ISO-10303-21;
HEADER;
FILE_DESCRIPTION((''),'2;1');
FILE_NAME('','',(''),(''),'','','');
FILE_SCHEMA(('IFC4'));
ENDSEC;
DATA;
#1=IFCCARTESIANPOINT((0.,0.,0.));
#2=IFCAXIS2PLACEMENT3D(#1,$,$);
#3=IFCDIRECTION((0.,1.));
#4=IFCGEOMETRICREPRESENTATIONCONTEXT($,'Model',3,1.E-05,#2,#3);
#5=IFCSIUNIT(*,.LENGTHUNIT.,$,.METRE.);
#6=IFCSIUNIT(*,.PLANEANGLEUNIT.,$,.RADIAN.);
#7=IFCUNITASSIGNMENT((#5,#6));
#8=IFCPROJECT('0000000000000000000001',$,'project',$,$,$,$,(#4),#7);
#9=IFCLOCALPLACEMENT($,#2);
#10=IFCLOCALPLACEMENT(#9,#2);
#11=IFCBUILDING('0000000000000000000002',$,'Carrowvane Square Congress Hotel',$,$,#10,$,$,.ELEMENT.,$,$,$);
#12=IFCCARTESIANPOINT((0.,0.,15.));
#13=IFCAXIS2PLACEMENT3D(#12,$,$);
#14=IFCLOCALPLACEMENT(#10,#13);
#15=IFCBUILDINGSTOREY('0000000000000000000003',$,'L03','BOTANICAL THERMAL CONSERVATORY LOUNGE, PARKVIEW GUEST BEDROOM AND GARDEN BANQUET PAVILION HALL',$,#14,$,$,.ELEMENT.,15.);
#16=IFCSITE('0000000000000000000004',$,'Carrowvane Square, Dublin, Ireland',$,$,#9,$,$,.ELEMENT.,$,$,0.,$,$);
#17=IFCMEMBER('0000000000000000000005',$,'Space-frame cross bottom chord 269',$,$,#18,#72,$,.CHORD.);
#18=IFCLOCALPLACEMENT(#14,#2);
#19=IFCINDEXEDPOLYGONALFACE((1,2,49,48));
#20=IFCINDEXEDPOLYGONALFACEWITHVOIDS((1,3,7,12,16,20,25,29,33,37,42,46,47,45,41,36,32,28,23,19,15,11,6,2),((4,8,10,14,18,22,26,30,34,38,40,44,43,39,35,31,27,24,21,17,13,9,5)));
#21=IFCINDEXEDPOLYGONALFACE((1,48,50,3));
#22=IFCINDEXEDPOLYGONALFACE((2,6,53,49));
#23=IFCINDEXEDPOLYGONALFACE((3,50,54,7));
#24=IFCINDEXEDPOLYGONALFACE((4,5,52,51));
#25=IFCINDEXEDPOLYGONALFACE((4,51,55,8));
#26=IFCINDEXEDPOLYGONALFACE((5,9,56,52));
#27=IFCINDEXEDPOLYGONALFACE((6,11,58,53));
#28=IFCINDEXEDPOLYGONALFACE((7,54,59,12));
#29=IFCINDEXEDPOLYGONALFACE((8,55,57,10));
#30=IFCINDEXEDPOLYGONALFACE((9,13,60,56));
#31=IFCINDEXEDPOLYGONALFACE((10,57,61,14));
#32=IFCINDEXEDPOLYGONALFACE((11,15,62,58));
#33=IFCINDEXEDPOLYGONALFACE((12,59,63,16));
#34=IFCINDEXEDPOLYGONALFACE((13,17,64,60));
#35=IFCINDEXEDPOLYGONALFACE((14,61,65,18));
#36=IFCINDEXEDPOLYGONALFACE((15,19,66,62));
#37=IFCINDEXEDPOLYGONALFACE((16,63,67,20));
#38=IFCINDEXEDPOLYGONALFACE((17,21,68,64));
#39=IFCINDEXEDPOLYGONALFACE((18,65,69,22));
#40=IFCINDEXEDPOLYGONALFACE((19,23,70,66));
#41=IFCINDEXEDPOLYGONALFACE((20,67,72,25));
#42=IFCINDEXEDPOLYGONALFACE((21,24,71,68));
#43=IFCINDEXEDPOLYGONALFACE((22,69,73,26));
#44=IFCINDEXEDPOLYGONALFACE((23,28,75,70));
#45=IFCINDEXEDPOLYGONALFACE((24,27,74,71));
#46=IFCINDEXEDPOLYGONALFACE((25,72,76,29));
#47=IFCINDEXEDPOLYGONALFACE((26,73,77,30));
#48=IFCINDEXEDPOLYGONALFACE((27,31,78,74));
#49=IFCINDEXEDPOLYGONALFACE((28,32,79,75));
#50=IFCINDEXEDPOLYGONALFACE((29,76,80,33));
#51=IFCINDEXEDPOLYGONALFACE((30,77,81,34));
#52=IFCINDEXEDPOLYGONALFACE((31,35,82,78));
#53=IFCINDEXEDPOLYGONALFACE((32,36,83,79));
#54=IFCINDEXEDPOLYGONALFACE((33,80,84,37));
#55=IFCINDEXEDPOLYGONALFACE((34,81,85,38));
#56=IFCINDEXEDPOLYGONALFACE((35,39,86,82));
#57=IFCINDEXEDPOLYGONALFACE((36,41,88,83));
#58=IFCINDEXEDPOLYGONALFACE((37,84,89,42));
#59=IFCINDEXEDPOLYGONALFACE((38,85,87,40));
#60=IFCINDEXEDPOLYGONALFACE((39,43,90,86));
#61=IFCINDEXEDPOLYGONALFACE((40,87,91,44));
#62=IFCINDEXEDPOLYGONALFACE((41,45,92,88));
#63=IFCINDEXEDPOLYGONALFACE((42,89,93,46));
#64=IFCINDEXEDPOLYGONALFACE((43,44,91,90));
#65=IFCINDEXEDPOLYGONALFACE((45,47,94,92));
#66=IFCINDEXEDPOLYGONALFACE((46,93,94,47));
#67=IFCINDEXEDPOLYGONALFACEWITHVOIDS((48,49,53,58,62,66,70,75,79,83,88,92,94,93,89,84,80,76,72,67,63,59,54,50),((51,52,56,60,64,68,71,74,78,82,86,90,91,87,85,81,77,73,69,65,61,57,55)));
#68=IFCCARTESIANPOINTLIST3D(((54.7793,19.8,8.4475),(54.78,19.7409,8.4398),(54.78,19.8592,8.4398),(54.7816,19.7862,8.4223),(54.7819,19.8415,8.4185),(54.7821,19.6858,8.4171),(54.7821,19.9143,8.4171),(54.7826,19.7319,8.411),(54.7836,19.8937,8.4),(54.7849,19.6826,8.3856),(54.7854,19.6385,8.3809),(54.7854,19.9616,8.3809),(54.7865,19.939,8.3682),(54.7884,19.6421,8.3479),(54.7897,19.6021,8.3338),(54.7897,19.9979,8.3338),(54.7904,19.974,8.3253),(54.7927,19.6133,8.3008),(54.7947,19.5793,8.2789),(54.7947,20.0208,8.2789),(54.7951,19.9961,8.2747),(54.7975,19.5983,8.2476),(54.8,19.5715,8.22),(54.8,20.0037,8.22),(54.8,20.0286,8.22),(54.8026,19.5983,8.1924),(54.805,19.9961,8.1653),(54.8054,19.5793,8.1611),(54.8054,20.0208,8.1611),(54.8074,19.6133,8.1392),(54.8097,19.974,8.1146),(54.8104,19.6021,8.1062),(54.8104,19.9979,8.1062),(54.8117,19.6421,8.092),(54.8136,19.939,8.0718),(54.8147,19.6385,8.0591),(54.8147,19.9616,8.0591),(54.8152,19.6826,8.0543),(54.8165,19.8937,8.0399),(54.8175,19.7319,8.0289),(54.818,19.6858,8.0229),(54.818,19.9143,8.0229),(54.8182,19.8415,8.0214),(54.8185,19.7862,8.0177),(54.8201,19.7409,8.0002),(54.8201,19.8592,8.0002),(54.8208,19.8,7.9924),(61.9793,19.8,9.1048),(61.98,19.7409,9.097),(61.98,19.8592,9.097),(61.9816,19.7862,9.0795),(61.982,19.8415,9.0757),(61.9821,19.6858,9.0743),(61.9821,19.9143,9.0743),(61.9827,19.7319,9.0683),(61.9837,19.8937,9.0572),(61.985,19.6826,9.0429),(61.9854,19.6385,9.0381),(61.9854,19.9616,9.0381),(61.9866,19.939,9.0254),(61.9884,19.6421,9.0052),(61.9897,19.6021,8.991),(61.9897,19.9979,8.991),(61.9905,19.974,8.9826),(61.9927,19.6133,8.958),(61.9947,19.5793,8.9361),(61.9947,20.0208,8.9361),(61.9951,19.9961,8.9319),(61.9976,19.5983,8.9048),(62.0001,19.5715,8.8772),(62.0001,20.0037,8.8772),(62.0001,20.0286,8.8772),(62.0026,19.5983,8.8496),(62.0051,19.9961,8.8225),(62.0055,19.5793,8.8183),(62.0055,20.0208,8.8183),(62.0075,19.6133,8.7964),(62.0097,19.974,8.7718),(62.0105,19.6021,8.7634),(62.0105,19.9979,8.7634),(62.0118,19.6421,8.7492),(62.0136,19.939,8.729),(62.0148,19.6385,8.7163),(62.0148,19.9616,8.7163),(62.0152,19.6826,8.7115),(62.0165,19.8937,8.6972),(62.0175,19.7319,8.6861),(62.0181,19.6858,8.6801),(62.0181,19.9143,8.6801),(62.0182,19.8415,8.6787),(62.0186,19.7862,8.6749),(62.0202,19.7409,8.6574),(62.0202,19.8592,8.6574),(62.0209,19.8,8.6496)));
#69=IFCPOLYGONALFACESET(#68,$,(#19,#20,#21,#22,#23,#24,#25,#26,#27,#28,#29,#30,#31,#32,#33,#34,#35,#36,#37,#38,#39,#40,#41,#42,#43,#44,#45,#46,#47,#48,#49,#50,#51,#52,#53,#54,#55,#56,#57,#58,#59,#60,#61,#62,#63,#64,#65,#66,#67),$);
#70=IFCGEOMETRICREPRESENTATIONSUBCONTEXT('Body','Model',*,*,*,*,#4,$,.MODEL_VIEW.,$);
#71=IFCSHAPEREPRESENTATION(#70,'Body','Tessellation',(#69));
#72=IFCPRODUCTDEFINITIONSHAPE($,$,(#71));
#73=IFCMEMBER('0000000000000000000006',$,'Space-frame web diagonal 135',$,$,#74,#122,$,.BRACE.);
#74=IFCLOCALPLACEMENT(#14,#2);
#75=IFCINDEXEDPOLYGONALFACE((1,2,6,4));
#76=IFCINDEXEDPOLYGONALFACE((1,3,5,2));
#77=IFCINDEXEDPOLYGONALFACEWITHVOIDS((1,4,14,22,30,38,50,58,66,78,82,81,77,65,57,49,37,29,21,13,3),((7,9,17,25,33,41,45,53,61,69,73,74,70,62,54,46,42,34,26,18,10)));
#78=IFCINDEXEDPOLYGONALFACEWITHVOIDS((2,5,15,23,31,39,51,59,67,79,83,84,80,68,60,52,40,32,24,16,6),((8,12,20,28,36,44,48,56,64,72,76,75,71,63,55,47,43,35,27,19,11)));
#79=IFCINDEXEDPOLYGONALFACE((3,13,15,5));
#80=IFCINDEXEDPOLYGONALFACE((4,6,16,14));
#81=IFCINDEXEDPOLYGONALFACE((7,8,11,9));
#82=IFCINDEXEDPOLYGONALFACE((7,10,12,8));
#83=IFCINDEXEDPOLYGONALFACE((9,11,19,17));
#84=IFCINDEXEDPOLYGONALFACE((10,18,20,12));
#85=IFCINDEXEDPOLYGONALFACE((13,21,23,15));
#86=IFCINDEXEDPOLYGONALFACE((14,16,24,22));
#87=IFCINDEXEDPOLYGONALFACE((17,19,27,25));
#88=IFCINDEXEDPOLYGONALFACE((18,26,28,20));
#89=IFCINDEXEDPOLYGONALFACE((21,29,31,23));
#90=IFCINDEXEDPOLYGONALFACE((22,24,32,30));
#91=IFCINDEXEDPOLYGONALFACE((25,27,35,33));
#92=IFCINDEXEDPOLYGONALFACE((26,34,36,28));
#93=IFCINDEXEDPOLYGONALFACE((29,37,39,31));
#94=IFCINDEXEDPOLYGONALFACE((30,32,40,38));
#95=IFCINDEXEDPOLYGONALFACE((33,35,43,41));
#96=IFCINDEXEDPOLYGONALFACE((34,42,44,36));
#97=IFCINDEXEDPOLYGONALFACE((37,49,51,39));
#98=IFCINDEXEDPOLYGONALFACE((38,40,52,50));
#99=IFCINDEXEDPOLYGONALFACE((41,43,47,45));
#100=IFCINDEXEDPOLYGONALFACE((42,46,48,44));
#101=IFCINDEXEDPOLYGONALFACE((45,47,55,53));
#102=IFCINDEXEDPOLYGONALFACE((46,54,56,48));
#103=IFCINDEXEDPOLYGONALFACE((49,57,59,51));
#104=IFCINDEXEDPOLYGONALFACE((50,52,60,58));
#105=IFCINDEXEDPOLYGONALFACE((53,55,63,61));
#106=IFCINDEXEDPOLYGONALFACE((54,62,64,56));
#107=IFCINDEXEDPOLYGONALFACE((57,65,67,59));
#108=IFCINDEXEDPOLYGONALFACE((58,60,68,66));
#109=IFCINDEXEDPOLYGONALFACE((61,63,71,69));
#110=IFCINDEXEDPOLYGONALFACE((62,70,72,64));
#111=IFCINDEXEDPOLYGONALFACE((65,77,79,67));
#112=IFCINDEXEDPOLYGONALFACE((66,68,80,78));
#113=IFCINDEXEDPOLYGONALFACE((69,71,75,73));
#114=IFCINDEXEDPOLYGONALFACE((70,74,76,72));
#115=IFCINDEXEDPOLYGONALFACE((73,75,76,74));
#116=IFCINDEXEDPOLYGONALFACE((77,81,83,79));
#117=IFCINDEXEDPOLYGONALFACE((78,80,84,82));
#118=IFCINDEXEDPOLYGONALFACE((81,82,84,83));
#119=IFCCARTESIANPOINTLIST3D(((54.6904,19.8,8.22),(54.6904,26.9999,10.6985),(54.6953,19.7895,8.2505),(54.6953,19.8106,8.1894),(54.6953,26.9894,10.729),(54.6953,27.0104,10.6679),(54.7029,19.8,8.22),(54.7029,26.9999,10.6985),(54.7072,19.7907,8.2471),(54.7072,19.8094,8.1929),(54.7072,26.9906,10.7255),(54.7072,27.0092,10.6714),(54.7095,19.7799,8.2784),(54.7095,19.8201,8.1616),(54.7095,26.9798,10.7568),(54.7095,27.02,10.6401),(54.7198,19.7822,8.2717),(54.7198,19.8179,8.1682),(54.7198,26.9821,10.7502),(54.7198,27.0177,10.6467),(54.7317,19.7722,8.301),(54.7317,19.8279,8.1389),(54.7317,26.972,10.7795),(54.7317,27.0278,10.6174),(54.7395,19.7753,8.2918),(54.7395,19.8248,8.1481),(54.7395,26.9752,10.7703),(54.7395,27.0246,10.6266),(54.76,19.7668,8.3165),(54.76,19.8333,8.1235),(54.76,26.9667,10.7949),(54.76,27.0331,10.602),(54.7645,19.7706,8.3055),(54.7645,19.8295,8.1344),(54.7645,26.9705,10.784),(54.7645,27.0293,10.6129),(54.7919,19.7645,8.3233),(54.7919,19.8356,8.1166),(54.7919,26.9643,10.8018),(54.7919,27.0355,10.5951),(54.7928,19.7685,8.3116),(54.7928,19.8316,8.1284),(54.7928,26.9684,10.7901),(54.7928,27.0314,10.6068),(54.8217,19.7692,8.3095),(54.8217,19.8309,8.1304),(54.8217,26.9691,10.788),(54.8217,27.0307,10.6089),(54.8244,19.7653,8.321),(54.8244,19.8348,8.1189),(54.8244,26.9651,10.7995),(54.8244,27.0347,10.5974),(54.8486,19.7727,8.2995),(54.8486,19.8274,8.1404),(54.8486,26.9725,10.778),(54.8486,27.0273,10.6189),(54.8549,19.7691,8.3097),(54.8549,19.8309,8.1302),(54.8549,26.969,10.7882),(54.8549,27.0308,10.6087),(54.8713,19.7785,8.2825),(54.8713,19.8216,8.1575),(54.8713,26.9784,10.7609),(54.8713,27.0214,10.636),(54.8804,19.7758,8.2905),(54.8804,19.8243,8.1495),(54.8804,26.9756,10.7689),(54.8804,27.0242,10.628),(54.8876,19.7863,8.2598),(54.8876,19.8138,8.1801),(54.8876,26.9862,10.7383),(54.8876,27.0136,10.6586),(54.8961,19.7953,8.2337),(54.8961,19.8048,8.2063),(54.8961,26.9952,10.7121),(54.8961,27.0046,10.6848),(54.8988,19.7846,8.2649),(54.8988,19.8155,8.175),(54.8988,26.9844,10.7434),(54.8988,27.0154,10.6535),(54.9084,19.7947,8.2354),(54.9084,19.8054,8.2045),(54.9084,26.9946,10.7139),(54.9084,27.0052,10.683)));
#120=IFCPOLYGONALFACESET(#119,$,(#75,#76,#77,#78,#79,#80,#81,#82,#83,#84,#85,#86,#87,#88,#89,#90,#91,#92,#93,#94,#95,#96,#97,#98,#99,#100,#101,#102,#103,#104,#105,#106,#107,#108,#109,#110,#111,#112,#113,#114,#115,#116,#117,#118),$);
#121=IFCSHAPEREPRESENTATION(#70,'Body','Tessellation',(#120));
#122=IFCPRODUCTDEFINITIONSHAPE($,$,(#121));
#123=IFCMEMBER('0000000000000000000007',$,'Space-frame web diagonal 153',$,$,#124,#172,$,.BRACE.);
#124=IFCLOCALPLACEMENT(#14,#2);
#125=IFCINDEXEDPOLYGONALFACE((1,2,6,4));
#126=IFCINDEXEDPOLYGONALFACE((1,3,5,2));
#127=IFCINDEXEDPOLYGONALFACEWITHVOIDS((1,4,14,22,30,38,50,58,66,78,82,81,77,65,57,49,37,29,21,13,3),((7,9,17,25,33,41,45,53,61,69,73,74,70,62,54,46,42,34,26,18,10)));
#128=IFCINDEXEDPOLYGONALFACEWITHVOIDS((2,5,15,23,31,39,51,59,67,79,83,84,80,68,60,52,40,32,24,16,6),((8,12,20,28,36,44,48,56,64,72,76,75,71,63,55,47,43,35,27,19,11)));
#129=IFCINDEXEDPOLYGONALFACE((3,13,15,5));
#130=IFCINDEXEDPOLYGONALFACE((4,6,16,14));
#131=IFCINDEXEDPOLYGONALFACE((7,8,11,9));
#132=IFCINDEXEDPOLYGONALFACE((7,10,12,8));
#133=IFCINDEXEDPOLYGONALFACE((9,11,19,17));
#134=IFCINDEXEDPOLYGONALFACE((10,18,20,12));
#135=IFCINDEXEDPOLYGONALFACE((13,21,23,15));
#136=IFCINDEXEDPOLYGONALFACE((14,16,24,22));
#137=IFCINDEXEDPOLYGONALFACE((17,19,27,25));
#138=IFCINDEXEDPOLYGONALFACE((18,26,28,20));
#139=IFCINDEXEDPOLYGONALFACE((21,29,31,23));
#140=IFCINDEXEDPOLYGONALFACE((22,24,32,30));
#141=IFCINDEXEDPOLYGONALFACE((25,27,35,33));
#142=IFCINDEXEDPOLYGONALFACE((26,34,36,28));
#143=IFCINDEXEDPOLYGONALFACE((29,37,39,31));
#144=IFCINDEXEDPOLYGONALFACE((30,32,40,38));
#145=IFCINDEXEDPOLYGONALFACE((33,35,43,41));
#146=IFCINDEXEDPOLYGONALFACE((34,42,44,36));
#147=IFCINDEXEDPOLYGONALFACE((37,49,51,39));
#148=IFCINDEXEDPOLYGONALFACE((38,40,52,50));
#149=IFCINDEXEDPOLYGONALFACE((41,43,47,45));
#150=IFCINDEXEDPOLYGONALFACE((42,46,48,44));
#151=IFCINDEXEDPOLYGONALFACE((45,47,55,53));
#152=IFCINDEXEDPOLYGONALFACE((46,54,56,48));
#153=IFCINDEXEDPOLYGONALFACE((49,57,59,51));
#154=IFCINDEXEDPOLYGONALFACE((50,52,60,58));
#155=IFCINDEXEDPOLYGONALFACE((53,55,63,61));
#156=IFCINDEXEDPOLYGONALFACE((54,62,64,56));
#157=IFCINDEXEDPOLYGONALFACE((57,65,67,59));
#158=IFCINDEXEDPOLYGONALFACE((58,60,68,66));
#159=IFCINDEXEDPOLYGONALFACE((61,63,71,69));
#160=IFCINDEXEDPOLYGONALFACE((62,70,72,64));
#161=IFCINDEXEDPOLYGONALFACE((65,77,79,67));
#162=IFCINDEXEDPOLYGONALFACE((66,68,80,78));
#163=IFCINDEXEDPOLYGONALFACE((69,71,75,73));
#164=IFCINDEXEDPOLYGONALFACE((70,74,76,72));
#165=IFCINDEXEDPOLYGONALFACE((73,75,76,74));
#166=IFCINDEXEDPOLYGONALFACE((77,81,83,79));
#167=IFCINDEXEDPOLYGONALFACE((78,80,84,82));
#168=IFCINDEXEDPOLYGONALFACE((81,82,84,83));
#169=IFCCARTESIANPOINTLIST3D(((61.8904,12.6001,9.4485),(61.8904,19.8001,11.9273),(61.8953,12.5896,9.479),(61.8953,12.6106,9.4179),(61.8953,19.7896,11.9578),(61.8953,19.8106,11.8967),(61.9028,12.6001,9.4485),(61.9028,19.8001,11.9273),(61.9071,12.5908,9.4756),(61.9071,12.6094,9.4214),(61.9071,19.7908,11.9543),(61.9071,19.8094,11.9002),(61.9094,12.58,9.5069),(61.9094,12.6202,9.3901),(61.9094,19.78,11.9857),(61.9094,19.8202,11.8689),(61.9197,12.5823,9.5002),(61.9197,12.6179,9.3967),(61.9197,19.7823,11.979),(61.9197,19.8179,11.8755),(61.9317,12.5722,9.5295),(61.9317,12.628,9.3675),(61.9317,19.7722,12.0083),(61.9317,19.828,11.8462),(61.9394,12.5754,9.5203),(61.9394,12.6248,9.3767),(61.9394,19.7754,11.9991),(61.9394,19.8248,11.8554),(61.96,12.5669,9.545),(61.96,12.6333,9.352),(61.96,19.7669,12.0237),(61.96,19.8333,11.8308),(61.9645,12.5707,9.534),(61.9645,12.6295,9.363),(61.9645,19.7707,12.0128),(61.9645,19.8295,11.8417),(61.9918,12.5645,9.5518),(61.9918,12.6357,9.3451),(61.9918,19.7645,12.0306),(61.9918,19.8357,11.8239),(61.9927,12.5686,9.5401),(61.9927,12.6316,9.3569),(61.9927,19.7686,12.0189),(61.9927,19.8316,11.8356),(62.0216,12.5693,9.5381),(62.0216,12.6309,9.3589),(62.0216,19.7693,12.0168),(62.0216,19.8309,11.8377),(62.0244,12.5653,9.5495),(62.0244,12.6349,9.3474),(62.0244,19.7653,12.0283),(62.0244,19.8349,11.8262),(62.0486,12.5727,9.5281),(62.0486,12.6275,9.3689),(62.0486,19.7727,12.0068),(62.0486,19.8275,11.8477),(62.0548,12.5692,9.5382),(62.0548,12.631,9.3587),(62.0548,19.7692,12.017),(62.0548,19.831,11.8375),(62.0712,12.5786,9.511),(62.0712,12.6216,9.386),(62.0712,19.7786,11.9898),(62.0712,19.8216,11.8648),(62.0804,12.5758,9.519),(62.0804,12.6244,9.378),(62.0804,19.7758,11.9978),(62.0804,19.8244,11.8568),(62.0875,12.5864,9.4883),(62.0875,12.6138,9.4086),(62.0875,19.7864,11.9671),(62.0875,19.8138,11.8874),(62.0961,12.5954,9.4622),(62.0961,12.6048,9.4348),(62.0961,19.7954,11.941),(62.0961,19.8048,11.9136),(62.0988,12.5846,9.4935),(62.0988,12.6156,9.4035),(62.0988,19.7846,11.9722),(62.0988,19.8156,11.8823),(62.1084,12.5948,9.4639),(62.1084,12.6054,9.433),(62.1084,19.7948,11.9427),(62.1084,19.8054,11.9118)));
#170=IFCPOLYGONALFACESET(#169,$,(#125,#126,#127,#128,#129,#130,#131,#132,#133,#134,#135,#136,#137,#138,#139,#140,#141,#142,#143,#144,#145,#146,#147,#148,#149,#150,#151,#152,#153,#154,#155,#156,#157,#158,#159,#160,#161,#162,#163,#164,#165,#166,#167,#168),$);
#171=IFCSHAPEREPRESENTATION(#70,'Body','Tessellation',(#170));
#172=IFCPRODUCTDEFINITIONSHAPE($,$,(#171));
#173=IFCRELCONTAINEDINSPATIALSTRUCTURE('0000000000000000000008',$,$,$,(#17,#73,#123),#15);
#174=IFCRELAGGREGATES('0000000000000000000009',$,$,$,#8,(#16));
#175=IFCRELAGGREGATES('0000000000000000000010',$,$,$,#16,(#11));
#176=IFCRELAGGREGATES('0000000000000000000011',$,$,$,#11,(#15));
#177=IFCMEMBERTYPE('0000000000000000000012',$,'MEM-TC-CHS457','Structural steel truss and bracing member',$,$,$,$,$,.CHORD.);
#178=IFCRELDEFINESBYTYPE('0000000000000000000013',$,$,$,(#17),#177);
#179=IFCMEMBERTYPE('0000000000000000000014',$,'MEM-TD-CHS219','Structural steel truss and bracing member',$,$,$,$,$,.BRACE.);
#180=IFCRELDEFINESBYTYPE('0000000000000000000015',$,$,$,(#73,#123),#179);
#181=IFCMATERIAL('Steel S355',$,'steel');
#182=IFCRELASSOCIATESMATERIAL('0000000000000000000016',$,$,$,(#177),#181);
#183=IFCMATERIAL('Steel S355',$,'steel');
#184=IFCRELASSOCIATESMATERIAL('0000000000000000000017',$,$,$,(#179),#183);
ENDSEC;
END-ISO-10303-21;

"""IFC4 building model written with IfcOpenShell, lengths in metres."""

from ifc_helpers import new_model, si_unit, direction, frame, origin, origin_2d, place, context, subcontext, project, spatial, hollow_circle, extrude, material, material_profile, profile_set, type_object, element, save


model = new_model("IFC4")

# Units and contexts
model_context = context("Model", 3, precision=1e-05, world=origin(), true_north=direction((0.0, 1.0)))
body_context = subcontext(model_context, "Body", "Model", "MODEL_VIEW")
ifc_project = project(units=[si_unit("LENGTHUNIT", "METRE"), si_unit("PLANEANGLEUNIT", "RADIAN")], contexts=[model_context])

# Site, building, storey
site_placement = place(None, origin())
site = spatial("IfcSite", under=ifc_project, at=site_placement, Name="Carrowvane Square, Dublin, Ireland", CompositionType="ELEMENT", RefElevation=0.0)
building_placement = place(site_placement, origin())
building = spatial("IfcBuilding", under=site, at=building_placement, Name="Carrowvane Square Congress Hotel", CompositionType="ELEMENT")
storey_placement = place(building_placement, frame((0.0, 0.0, 15.0)))
storey = spatial("IfcBuildingStorey", under=building, at=storey_placement, Name="L03", Description="BOTANICAL THERMAL CONSERVATORY LOUNGE, PARKVIEW GUEST BEDROOM AND GARDEN BANQUET PAVILION HALL", CompositionType="ELEMENT", Elevation=15.0)

# Members
ifc_material_1 = material(Name="Steel S355", Category="steel")
ifc_material_profile_1 = material_profile(ifc_material_1, hollow_circle(Radius=0.2285, WallThickness=0.0249, at=origin_2d()), Name="CHS 457.0x25")
ifc_profile_set_1 = profile_set([ifc_material_profile_1], Name="Steel S355")
member_type_1 = type_object("IfcMemberType", Name="MEM-TC-CHS457", Description="Structural steel truss and bracing member", PredefinedType="CHORD", material=ifc_profile_set_1)
for number, where, z_axis, x_axis, name in (
    (1, (54.8, 19.8, 8.22), (0.99586, 0.0, 0.090904), (0.0, 1.0, 0.0), "Space-frame cross bottom chord 269"),
):
    element("IfcMember", number, at=place(storey_placement, frame(where, z_axis=z_axis, x_axis=x_axis)), inside=storey, type_object=member_type_1, Name=name, PredefinedType="CHORD", context=body_context, shape_type="SweptSolid", body=[
        extrude(hollow_circle(Radius=0.2285, WallThickness=0.0249, at=origin_2d()), origin(), (0.0, 0.0, 1.0), 7.23),
    ])
ifc_material_2 = material(Name="Steel S355", Category="steel")
ifc_material_profile_2 = material_profile(ifc_material_2, hollow_circle(Radius=0.1096, WallThickness=0.0125, at=origin_2d()), Name="CHS 219.1x12.5")
ifc_profile_set_2 = profile_set([ifc_material_profile_2], Name="Steel S355")
member_type_2 = type_object("IfcMemberType", Name="MEM-TD-CHS219", Description="Structural steel truss and bracing member", PredefinedType="BRACE", material=ifc_profile_set_2)
member_1_placement = place(storey_placement, frame((54.8, 19.8, 8.22), z_axis=(0.0, 0.945544, 0.325495), x_axis=(-1.0, 0.0, 0.0)))
element("IfcMember", 2, at=member_1_placement, inside=storey, type_object=member_type_2, Name="Space-frame web diagonal 135", PredefinedType="BRACE", context=body_context, shape_type="SweptSolid", body=[
    extrude(hollow_circle(Radius=0.1096, WallThickness=0.0125, at=origin_2d()), origin(), (0.0, 0.0, 1.0), 7.6145),
])
member_2_placement = place(storey_placement, frame((62.0, 12.6001, 9.4485), z_axis=(0.0, 0.945534, 0.325523), x_axis=(-1.0, 0.0, 0.0)))
element("IfcMember", 3, at=member_2_placement, inside=storey, type_object=member_type_2, Name="Space-frame web diagonal 153", PredefinedType="BRACE", context=body_context, shape_type="SweptSolid", body=[
    extrude(hollow_circle(Radius=0.1096, WallThickness=0.0125, at=origin_2d()), origin(), (0.0, 0.0, 1.0), 7.6147),
])

save(model, "model.ifc")
